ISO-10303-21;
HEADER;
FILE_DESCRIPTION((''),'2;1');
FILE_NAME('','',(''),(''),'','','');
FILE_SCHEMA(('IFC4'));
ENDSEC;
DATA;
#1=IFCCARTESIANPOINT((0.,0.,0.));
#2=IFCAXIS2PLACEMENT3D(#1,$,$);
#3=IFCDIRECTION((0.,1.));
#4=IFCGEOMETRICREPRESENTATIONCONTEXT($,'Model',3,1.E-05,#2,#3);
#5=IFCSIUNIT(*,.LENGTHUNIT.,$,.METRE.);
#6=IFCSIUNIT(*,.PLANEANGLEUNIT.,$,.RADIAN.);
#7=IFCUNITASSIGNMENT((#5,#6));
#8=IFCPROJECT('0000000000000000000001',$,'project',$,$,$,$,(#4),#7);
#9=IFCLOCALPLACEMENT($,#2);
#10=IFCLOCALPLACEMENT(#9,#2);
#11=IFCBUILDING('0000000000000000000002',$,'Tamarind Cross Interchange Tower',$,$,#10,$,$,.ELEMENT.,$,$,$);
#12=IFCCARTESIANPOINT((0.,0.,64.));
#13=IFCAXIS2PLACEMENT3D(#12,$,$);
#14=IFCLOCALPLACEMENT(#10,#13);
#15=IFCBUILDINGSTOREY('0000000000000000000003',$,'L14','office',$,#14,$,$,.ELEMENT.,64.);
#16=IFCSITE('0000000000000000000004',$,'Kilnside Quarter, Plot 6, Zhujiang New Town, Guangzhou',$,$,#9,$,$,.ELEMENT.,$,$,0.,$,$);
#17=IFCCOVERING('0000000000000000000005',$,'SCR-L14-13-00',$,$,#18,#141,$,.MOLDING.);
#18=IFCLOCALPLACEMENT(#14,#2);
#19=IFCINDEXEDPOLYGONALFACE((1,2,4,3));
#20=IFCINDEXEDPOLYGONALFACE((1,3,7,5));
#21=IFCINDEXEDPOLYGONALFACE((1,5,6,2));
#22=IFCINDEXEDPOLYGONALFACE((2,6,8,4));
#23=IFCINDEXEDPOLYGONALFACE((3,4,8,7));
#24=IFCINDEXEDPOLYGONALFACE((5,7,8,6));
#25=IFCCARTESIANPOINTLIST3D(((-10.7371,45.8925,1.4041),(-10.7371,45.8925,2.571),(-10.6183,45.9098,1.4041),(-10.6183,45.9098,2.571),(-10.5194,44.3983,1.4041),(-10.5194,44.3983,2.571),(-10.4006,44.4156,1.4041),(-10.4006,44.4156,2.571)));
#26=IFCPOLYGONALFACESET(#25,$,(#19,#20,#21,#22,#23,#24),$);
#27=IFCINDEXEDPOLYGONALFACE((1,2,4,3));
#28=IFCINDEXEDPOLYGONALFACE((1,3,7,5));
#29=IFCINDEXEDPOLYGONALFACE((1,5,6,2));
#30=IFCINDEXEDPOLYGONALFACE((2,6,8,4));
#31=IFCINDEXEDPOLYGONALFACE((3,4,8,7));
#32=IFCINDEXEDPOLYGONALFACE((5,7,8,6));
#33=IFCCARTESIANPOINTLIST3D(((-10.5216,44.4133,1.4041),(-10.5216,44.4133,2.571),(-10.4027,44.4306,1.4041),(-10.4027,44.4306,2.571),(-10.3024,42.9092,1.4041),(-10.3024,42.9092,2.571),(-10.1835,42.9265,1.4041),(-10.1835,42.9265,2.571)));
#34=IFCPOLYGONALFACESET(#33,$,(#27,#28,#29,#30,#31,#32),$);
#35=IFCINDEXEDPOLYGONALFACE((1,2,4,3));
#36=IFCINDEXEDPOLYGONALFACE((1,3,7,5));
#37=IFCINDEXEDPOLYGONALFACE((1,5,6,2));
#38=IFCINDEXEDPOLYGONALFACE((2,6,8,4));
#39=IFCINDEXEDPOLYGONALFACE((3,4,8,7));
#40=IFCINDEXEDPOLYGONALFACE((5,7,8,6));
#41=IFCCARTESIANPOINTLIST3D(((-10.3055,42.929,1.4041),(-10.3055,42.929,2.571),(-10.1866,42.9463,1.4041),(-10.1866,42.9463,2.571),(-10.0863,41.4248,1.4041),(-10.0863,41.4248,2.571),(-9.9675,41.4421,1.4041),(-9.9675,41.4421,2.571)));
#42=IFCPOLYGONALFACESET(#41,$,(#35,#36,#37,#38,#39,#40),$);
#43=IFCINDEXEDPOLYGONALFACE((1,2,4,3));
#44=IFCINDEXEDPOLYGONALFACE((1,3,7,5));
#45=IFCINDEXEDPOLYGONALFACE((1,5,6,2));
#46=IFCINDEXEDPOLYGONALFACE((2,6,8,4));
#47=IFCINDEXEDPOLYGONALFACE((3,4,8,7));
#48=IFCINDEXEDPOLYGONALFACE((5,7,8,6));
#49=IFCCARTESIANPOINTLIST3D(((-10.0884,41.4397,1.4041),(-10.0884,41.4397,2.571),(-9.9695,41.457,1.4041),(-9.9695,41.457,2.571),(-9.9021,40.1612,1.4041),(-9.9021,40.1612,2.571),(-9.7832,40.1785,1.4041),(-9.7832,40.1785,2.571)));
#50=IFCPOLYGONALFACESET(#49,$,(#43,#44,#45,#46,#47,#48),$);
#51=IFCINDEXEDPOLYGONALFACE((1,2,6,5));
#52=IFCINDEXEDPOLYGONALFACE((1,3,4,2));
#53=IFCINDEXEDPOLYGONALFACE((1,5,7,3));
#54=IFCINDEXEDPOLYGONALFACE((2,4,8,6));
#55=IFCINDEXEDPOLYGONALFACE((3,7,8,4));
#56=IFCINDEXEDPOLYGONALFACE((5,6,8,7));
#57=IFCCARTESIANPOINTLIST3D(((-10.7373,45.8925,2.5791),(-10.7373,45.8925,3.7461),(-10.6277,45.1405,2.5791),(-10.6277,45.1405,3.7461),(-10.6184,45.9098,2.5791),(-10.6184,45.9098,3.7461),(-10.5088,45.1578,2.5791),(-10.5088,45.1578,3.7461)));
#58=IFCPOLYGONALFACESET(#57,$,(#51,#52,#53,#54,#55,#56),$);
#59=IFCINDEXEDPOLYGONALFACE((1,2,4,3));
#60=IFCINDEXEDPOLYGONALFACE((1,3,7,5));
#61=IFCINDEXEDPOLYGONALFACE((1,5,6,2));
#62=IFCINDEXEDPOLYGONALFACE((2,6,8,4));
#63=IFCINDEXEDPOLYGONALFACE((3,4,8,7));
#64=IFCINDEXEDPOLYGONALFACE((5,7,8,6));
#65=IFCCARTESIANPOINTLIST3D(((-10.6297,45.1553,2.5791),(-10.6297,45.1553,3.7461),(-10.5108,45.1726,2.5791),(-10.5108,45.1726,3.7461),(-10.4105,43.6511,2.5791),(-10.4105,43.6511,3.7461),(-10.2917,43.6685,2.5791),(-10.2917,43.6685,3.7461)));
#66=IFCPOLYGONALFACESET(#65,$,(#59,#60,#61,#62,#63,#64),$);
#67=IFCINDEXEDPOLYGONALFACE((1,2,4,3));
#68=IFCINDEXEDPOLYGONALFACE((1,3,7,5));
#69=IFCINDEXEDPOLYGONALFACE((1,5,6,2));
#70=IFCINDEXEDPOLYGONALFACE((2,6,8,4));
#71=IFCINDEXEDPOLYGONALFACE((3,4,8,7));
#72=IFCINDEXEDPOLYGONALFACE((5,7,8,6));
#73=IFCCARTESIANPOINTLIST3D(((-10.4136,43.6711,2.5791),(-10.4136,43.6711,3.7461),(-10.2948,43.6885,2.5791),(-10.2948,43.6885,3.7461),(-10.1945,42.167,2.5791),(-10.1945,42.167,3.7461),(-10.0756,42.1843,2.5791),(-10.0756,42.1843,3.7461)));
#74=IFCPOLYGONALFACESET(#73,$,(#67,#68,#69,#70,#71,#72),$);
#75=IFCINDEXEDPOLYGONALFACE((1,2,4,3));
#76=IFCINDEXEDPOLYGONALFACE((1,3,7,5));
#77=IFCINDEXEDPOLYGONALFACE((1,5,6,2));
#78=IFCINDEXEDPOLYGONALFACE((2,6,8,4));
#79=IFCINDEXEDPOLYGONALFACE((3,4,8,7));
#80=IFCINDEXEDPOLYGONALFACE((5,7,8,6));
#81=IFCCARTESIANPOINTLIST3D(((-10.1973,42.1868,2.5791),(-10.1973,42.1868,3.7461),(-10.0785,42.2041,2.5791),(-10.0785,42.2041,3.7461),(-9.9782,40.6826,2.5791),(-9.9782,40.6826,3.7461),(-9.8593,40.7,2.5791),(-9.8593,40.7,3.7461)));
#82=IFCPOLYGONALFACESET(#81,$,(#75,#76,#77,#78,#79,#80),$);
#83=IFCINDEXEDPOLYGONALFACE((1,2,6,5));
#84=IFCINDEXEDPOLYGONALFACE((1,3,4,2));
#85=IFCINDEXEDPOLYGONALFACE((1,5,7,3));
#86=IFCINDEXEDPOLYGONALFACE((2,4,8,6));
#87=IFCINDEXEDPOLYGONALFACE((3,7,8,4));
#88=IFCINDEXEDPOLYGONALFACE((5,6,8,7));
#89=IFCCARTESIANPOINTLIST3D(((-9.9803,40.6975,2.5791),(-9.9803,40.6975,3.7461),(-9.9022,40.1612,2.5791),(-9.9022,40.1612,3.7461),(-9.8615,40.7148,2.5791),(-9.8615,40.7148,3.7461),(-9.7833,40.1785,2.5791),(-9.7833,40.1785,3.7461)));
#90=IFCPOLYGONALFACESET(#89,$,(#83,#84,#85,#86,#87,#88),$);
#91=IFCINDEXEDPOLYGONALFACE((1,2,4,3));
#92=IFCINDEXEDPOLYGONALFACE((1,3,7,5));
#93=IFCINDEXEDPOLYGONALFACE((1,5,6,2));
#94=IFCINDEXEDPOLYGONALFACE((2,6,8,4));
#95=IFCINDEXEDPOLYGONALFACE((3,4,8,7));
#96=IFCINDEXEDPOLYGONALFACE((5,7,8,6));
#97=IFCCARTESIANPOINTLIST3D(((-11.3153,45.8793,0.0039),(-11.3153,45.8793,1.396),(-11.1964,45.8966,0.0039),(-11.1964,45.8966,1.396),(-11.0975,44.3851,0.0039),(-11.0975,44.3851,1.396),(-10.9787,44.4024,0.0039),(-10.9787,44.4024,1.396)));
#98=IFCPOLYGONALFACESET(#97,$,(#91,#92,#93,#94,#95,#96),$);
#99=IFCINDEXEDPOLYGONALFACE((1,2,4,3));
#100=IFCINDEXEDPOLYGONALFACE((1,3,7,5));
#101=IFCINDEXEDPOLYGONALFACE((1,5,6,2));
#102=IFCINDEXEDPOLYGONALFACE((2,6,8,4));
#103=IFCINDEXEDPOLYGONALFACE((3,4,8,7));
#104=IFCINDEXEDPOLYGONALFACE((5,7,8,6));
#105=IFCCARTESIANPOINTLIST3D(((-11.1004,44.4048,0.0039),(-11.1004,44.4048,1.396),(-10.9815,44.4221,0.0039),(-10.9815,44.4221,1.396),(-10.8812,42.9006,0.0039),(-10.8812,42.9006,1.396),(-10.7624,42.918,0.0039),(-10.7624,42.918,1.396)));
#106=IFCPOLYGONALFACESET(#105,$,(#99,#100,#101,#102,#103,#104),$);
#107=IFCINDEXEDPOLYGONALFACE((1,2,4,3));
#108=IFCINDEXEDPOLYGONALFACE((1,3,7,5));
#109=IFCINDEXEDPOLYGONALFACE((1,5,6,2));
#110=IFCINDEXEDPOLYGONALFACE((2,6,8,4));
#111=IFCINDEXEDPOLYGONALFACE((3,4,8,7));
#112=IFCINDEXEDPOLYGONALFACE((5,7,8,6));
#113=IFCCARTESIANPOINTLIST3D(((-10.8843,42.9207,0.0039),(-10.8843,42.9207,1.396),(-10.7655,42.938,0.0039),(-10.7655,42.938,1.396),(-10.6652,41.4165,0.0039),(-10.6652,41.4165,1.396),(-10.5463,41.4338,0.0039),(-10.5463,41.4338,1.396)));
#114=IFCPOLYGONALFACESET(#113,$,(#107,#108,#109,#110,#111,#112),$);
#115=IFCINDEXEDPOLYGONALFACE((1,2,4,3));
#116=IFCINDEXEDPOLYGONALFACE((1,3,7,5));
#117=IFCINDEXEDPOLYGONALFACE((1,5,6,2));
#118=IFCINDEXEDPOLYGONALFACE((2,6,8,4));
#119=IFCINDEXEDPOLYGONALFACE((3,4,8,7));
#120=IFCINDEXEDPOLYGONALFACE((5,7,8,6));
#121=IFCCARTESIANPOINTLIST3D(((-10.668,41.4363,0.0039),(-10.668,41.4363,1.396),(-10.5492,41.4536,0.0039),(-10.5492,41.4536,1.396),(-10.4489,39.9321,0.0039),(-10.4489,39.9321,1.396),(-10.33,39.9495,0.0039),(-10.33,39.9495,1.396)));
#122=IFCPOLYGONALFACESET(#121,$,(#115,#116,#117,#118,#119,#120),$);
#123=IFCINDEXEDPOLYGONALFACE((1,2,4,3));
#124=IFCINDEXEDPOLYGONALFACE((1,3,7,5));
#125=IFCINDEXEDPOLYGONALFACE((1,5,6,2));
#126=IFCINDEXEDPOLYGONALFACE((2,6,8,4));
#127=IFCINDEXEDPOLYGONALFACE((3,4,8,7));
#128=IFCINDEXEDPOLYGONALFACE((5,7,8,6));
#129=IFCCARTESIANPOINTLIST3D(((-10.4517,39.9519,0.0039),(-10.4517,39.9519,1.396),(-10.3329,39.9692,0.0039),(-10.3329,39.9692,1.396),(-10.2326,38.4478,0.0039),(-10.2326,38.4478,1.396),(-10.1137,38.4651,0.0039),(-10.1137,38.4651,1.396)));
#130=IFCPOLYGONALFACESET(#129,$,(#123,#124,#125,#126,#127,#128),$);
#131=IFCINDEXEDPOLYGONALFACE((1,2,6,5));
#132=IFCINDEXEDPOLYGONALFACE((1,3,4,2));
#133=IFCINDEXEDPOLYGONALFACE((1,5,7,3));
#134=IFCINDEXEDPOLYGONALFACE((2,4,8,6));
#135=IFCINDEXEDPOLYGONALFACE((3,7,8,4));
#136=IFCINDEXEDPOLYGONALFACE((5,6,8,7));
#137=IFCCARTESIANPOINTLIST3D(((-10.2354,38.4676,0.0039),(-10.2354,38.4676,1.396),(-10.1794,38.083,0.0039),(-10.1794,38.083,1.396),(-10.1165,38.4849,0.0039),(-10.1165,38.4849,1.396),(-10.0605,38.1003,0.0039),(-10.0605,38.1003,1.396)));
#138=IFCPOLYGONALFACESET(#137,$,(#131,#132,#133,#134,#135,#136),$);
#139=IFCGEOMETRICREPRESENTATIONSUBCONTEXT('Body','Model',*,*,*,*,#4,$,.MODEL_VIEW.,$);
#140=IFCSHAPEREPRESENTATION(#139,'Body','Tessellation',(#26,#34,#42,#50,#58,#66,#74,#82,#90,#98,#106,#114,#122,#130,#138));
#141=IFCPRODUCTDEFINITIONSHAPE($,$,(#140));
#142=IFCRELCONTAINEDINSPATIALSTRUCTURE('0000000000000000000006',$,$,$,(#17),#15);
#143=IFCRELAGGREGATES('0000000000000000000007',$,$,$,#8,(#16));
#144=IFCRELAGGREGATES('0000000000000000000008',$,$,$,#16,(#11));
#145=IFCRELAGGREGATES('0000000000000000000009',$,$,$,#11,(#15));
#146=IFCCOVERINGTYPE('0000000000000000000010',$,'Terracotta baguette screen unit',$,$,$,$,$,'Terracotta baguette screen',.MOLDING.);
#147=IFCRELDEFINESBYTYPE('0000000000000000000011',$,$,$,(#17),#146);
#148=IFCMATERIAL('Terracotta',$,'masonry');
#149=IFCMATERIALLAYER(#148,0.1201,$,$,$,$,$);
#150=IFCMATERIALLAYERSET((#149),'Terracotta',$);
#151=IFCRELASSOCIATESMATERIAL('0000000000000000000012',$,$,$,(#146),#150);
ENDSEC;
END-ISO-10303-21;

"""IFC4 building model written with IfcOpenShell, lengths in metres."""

from ifc_helpers import new_model, si_unit, direction, frame, origin, origin_2d, place, context, subcontext, project, spatial, rectangle, extrude, material, layer, layer_set, type_object, element, save


model = new_model("IFC4")

# Units and contexts
model_context = context("Model", 3, precision=1e-05, world=origin(), true_north=direction((0.0, 1.0)))
body_context = subcontext(model_context, "Body", "Model", "MODEL_VIEW")
ifc_project = project(units=[si_unit("LENGTHUNIT", "METRE"), si_unit("PLANEANGLEUNIT", "RADIAN")], contexts=[model_context])

# Site, building, storey
site_placement = place(None, origin())
site = spatial("IfcSite", under=ifc_project, at=site_placement, Name="Kilnside Quarter, Plot 6, Zhujiang New Town, Guangzhou", CompositionType="ELEMENT", RefElevation=0.0)
building_placement = place(site_placement, origin())
building = spatial("IfcBuilding", under=site, at=building_placement, Name="Tamarind Cross Interchange Tower", CompositionType="ELEMENT")
storey_placement = place(building_placement, frame((0.0, 0.0, 64.0)))
storey = spatial("IfcBuildingStorey", under=building, at=storey_placement, Name="L14", Description="office", CompositionType="ELEMENT", Elevation=64.0)

# Covering
ifc_material_1 = material(Name="Terracotta", Category="masonry")
ifc_layer_1 = layer(ifc_material_1, 0.1201)
ifc_layer_set_1 = layer_set([ifc_layer_1], Name="Terracotta")
covering_type = type_object("IfcCoveringType", Name="Terracotta baguette screen unit", ElementType="Terracotta baguette screen", PredefinedType="MOLDING", material=ifc_layer_set_1)
covering_1_placement = place(storey_placement, origin())
element("IfcCovering", 1, at=covering_1_placement, inside=storey, type_object=covering_type, Name="SCR-L14-13-00", PredefinedType="MOLDING", context=body_context, shape_type="SweptSolid", body=[
    extrude(rectangle(XDim=1.51, YDim=0.1201, at=origin_2d()), frame((-10.5688, 45.1541, 1.4041), z_axis=(0.0, 0.0, 1.0), x_axis=(0.144187, -0.98955, 0.0)), (0.0, 0.0, 1.0), 1.167),
    extrude(rectangle(XDim=1.52, YDim=0.1201, at=origin_2d()), frame((-10.3525, 43.6699, 1.4041), z_axis=(0.0, 0.0, 1.0), x_axis=(0.144187, -0.98955, 0.0)), (0.0, 0.0, 1.0), 1.167),
    extrude(rectangle(XDim=1.52, YDim=0.1201, at=origin_2d()), frame((-10.1365, 42.1855, 1.4041), z_axis=(0.0, 0.0, 1.0), x_axis=(0.144187, -0.98955, 0.0)), (0.0, 0.0, 1.0), 1.167),
    extrude(rectangle(XDim=1.292, YDim=0.1201, at=origin_2d()), frame((-9.9358, 40.8091, 1.4041), z_axis=(0.0, 0.0, 1.0), x_axis=(0.144187, -0.98955, 0.0)), (0.0, 0.0, 1.0), 1.167),
    extrude(rectangle(XDim=0.76, YDim=0.1201, at=origin_2d()), frame((-10.623, 45.5251, 2.5791), z_axis=(0.0, 0.0, 1.0), x_axis=(0.144187, -0.98955, 0.0)), (0.0, 0.0, 1.0), 1.167),
    extrude(rectangle(XDim=1.52, YDim=0.1201, at=origin_2d()), frame((-10.4607, 44.4119, 2.5791), z_axis=(0.0, 0.0, 1.0), x_axis=(0.144187, -0.98955, 0.0)), (0.0, 0.0, 1.0), 1.167),
    extrude(rectangle(XDim=1.52, YDim=0.1201, at=origin_2d()), frame((-10.2446, 42.9277, 2.5791), z_axis=(0.0, 0.0, 1.0), x_axis=(0.144187, -0.98955, 0.0)), (0.0, 0.0, 1.0), 1.167),
    extrude(rectangle(XDim=1.52, YDim=0.1201, at=origin_2d()), frame((-10.0283, 41.4434, 2.5791), z_axis=(0.0, 0.0, 1.0), x_axis=(0.144187, -0.98955, 0.0)), (0.0, 0.0, 1.0), 1.167),
    extrude(rectangle(XDim=0.542, YDim=0.1201, at=origin_2d()), frame((-9.8818, 40.438, 2.5791), z_axis=(0.0, 0.0, 1.0), x_axis=(0.144187, -0.98955, 0.0)), (0.0, 0.0, 1.0), 1.167),
    extrude(rectangle(XDim=1.51, YDim=0.1201, at=origin_2d()), frame((-11.147, 45.1409, 0.0039), z_axis=(0.0, 0.0, 1.0), x_axis=(0.144187, -0.98955, 0.0)), (0.0, 0.0, 1.0), 1.3921),
    extrude(rectangle(XDim=1.52, YDim=0.1201, at=origin_2d()), frame((-10.9314, 43.6614, 0.0039), z_axis=(0.0, 0.0, 1.0), x_axis=(0.144187, -0.98955, 0.0)), (0.0, 0.0, 1.0), 1.3921),
    extrude(rectangle(XDim=1.52, YDim=0.1201, at=origin_2d()), frame((-10.7153, 42.1772, 0.0039), z_axis=(0.0, 0.0, 1.0), x_axis=(0.144187, -0.98955, 0.0)), (0.0, 0.0, 1.0), 1.3921),
    extrude(rectangle(XDim=1.52, YDim=0.1201, at=origin_2d()), frame((-10.499, 40.6929, 0.0039), z_axis=(0.0, 0.0, 1.0), x_axis=(0.144187, -0.98955, 0.0)), (0.0, 0.0, 1.0), 1.3921),
    extrude(rectangle(XDim=1.52, YDim=0.1201, at=origin_2d()), frame((-10.2827, 39.2085, 0.0039), z_axis=(0.0, 0.0, 1.0), x_axis=(0.144187, -0.98955, 0.0)), (0.0, 0.0, 1.0), 1.3921),
    extrude(rectangle(XDim=0.3887, YDim=0.1201, at=origin_2d()), frame((-10.1479, 38.2839, 0.0039), z_axis=(0.0, 0.0, 1.0), x_axis=(0.144187, -0.98955, 0.0)), (0.0, 0.0, 1.0), 1.3921),
])

save(model, "model.ifc")
